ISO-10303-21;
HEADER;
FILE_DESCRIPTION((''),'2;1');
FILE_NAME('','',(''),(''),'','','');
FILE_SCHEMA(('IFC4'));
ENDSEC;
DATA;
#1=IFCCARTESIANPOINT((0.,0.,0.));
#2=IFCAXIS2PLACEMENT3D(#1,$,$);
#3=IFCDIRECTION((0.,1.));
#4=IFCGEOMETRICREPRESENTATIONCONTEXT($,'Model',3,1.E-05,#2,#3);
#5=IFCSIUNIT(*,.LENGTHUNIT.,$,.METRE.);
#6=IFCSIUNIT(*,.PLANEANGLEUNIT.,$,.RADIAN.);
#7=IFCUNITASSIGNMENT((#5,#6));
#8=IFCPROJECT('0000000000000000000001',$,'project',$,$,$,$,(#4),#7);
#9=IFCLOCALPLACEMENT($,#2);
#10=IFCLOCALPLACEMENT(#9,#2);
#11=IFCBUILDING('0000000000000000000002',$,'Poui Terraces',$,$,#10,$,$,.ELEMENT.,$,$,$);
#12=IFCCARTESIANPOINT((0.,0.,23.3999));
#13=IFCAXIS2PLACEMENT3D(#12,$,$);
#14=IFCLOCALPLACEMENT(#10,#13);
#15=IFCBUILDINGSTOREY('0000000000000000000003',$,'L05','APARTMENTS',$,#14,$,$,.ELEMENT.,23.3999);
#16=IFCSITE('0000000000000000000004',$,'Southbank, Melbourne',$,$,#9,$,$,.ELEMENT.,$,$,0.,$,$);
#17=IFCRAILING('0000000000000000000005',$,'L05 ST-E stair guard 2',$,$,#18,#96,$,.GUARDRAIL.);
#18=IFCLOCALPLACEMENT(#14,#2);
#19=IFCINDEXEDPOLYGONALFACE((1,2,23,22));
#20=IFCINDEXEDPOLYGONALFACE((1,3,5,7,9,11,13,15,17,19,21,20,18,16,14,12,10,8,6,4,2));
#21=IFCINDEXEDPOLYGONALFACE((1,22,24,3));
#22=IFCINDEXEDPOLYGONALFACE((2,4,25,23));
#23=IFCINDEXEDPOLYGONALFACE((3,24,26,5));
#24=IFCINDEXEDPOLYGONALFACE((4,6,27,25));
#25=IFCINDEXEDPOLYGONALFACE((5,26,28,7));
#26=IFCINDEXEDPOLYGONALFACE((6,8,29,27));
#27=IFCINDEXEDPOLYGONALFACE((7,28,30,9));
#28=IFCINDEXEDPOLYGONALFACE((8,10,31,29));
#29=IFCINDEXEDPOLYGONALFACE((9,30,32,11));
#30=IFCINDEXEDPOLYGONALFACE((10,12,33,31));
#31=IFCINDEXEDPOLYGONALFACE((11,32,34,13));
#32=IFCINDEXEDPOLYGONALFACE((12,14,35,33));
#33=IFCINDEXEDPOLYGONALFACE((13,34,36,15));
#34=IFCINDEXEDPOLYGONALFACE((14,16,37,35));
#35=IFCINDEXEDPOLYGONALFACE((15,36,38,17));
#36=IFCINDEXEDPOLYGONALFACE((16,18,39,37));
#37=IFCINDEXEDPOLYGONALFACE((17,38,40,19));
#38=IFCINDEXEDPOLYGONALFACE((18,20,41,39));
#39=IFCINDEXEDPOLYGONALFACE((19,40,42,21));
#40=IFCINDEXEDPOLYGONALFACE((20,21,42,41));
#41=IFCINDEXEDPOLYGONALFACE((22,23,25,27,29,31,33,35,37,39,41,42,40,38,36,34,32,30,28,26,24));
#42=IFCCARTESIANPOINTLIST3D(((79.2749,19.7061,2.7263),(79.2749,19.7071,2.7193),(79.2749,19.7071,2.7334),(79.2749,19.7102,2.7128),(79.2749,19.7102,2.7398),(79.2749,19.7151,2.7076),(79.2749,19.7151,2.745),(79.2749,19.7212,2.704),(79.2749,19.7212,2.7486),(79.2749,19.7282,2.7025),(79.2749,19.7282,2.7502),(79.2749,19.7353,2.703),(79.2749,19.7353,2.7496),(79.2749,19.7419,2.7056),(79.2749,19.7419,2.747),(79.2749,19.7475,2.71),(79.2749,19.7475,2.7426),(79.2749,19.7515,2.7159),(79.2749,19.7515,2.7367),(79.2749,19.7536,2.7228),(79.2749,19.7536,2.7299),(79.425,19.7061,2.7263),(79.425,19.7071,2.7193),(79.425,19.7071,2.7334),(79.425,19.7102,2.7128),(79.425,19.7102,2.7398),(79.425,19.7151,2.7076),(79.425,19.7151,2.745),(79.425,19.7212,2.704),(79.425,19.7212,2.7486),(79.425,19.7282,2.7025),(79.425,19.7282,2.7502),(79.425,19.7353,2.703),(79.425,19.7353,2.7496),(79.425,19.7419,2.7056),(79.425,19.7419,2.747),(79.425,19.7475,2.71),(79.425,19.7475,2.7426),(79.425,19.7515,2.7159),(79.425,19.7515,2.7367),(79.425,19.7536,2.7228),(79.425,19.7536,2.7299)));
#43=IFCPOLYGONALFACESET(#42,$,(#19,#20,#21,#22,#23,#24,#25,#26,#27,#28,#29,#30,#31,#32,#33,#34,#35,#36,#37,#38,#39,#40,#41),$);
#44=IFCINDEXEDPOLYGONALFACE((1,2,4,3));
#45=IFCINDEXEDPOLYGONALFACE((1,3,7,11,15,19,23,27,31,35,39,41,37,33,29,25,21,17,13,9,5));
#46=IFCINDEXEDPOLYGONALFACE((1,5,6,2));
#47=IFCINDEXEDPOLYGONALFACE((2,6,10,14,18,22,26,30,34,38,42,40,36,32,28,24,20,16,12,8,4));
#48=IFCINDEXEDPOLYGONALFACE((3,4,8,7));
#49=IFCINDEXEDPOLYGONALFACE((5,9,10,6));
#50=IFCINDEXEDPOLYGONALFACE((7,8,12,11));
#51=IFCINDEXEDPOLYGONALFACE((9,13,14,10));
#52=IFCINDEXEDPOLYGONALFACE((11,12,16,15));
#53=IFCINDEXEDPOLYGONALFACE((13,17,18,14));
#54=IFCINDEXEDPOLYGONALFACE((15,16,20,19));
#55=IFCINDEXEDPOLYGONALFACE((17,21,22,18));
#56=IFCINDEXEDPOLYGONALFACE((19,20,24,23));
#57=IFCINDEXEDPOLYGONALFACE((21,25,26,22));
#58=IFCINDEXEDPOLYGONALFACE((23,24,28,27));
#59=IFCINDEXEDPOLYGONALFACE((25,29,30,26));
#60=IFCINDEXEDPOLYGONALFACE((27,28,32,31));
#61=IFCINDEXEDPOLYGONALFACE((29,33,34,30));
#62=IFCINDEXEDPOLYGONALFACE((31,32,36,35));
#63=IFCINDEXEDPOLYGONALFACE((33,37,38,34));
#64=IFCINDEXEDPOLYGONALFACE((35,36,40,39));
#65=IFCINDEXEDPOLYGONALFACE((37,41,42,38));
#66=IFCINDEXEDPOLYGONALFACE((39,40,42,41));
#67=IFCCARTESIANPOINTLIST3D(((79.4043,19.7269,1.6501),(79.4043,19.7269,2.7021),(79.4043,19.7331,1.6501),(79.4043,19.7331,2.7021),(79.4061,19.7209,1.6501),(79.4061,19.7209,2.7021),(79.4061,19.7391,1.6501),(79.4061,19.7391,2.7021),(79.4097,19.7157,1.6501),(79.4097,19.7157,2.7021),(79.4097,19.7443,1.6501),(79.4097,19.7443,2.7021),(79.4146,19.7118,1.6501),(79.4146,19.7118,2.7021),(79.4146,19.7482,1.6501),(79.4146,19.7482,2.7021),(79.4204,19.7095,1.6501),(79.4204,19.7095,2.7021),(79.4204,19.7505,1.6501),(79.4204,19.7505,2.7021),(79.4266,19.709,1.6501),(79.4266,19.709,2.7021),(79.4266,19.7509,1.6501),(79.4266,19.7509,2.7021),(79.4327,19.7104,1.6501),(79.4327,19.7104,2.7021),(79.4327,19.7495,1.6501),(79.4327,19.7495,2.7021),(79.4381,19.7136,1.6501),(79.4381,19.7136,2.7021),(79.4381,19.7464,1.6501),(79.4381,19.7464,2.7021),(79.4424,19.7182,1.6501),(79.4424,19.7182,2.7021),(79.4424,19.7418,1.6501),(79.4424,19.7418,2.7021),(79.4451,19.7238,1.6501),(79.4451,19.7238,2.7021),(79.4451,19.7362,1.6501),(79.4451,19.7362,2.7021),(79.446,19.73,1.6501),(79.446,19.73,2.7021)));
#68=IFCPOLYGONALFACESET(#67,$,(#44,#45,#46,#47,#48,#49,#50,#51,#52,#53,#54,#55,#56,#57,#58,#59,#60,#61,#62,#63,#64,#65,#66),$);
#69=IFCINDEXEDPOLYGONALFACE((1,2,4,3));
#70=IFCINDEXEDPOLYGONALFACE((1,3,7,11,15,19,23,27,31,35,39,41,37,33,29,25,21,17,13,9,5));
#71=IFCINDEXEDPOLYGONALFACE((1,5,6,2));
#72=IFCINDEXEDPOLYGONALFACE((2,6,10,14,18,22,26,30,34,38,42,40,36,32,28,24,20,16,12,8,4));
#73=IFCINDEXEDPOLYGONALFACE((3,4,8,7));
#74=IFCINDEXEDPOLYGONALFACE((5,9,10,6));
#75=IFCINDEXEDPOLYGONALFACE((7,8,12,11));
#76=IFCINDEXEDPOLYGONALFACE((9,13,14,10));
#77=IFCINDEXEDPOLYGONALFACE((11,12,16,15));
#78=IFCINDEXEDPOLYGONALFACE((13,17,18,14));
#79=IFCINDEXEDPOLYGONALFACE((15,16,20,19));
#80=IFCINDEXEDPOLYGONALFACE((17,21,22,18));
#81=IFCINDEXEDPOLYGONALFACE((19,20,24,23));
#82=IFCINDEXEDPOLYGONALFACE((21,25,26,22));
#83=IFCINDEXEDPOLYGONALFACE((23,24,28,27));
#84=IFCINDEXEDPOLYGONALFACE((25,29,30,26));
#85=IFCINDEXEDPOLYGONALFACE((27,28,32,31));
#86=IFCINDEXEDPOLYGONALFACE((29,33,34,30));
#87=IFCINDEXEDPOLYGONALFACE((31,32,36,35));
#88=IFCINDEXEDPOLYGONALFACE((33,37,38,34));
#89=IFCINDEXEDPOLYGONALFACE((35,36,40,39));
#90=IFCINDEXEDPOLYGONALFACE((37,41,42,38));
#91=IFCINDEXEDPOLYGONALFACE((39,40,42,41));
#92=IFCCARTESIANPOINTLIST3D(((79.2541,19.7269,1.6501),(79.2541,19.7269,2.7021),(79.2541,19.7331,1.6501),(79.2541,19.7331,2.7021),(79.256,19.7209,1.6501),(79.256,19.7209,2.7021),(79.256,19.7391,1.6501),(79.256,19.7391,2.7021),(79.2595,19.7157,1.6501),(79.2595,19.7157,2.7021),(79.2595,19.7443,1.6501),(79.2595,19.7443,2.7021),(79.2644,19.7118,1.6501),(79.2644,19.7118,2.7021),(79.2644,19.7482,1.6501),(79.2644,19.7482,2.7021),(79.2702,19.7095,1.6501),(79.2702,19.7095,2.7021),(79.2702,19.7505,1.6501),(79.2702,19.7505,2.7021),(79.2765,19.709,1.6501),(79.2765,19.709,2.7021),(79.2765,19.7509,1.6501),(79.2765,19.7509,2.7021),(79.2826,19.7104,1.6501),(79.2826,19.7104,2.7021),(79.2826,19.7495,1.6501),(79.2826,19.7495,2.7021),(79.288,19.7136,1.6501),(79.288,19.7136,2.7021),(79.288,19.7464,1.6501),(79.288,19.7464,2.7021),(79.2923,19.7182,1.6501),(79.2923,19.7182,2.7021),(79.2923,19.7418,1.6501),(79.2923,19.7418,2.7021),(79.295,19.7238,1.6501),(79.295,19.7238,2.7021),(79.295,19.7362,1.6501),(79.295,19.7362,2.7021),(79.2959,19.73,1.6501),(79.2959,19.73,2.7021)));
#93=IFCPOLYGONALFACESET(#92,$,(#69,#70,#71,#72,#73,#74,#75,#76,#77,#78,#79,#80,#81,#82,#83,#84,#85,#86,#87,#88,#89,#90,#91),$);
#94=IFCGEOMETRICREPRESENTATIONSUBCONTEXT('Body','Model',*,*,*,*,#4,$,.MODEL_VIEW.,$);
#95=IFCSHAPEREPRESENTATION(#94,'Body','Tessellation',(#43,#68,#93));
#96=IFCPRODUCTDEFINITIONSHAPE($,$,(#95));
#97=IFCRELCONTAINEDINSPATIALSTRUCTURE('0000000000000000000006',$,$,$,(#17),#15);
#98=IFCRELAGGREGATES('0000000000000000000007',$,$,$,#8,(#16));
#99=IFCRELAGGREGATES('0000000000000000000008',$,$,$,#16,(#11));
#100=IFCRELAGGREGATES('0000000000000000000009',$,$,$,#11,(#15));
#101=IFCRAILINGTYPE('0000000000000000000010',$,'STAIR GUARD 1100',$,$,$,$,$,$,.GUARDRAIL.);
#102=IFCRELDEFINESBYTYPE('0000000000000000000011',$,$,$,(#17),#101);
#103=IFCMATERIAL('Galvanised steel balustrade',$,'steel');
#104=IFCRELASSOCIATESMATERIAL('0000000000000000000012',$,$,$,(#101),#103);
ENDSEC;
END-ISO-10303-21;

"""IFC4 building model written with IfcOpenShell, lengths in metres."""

from ifc_helpers import new_model, si_unit, direction, frame, origin, origin_2d, place, context, subcontext, project, spatial, circle, extrude, material, type_object, element, save


model = new_model("IFC4")

# Units and contexts
model_context = context("Model", 3, precision=1e-05, world=origin(), true_north=direction((0.0, 1.0)))
body_context = subcontext(model_context, "Body", "Model", "MODEL_VIEW")
ifc_project = project(units=[si_unit("LENGTHUNIT", "METRE"), si_unit("PLANEANGLEUNIT", "RADIAN")], contexts=[model_context])

# Site, building, storey
site_placement = place(None, origin())
site = spatial("IfcSite", under=ifc_project, at=site_placement, Name="Southbank, Melbourne", CompositionType="ELEMENT", RefElevation=0.0)
building_placement = place(site_placement, origin())
building = spatial("IfcBuilding", under=site, at=building_placement, Name="Poui Terraces", CompositionType="ELEMENT")
storey_placement = place(building_placement, frame((0.0, 0.0, 23.3999)))
storey = spatial("IfcBuildingStorey", under=building, at=storey_placement, Name="L05", Description="APARTMENTS", CompositionType="ELEMENT", Elevation=23.3999)

# Railing
ifc_material_1 = material(Name="Galvanised steel balustrade", Category="steel")
railing_type_1 = type_object("IfcRailingType", Name="STAIR GUARD 1100", PredefinedType="GUARDRAIL", material=ifc_material_1)
railing_1_placement = place(storey_placement, frame((79.425, 19.73, 1.6501)))
element("IfcRailing", 1, at=railing_1_placement, inside=storey, type_object=railing_type_1, Name="L05 ST-E stair guard 2", PredefinedType="GUARDRAIL", context=body_context, shape_type="SweptSolid", body=[
    extrude(circle(Radius=0.0239, at=origin_2d()), frame((0.0, 0.0, 1.0762), z_axis=(-1.0, 0.0, 0.0), x_axis=(0.0, -1.0, 0.0)), (0.0, 0.0, 1.0), 0.1501),
    extrude(circle(Radius=0.021, at=origin_2d()), origin(), (0.0, 0.0, 1.0), 1.052),
    extrude(circle(Radius=0.021, at=origin_2d()), frame((-0.1501, 0.0, 0.0)), (0.0, 0.0, 1.0), 1.052),
])

save(model, "model.ifc")
